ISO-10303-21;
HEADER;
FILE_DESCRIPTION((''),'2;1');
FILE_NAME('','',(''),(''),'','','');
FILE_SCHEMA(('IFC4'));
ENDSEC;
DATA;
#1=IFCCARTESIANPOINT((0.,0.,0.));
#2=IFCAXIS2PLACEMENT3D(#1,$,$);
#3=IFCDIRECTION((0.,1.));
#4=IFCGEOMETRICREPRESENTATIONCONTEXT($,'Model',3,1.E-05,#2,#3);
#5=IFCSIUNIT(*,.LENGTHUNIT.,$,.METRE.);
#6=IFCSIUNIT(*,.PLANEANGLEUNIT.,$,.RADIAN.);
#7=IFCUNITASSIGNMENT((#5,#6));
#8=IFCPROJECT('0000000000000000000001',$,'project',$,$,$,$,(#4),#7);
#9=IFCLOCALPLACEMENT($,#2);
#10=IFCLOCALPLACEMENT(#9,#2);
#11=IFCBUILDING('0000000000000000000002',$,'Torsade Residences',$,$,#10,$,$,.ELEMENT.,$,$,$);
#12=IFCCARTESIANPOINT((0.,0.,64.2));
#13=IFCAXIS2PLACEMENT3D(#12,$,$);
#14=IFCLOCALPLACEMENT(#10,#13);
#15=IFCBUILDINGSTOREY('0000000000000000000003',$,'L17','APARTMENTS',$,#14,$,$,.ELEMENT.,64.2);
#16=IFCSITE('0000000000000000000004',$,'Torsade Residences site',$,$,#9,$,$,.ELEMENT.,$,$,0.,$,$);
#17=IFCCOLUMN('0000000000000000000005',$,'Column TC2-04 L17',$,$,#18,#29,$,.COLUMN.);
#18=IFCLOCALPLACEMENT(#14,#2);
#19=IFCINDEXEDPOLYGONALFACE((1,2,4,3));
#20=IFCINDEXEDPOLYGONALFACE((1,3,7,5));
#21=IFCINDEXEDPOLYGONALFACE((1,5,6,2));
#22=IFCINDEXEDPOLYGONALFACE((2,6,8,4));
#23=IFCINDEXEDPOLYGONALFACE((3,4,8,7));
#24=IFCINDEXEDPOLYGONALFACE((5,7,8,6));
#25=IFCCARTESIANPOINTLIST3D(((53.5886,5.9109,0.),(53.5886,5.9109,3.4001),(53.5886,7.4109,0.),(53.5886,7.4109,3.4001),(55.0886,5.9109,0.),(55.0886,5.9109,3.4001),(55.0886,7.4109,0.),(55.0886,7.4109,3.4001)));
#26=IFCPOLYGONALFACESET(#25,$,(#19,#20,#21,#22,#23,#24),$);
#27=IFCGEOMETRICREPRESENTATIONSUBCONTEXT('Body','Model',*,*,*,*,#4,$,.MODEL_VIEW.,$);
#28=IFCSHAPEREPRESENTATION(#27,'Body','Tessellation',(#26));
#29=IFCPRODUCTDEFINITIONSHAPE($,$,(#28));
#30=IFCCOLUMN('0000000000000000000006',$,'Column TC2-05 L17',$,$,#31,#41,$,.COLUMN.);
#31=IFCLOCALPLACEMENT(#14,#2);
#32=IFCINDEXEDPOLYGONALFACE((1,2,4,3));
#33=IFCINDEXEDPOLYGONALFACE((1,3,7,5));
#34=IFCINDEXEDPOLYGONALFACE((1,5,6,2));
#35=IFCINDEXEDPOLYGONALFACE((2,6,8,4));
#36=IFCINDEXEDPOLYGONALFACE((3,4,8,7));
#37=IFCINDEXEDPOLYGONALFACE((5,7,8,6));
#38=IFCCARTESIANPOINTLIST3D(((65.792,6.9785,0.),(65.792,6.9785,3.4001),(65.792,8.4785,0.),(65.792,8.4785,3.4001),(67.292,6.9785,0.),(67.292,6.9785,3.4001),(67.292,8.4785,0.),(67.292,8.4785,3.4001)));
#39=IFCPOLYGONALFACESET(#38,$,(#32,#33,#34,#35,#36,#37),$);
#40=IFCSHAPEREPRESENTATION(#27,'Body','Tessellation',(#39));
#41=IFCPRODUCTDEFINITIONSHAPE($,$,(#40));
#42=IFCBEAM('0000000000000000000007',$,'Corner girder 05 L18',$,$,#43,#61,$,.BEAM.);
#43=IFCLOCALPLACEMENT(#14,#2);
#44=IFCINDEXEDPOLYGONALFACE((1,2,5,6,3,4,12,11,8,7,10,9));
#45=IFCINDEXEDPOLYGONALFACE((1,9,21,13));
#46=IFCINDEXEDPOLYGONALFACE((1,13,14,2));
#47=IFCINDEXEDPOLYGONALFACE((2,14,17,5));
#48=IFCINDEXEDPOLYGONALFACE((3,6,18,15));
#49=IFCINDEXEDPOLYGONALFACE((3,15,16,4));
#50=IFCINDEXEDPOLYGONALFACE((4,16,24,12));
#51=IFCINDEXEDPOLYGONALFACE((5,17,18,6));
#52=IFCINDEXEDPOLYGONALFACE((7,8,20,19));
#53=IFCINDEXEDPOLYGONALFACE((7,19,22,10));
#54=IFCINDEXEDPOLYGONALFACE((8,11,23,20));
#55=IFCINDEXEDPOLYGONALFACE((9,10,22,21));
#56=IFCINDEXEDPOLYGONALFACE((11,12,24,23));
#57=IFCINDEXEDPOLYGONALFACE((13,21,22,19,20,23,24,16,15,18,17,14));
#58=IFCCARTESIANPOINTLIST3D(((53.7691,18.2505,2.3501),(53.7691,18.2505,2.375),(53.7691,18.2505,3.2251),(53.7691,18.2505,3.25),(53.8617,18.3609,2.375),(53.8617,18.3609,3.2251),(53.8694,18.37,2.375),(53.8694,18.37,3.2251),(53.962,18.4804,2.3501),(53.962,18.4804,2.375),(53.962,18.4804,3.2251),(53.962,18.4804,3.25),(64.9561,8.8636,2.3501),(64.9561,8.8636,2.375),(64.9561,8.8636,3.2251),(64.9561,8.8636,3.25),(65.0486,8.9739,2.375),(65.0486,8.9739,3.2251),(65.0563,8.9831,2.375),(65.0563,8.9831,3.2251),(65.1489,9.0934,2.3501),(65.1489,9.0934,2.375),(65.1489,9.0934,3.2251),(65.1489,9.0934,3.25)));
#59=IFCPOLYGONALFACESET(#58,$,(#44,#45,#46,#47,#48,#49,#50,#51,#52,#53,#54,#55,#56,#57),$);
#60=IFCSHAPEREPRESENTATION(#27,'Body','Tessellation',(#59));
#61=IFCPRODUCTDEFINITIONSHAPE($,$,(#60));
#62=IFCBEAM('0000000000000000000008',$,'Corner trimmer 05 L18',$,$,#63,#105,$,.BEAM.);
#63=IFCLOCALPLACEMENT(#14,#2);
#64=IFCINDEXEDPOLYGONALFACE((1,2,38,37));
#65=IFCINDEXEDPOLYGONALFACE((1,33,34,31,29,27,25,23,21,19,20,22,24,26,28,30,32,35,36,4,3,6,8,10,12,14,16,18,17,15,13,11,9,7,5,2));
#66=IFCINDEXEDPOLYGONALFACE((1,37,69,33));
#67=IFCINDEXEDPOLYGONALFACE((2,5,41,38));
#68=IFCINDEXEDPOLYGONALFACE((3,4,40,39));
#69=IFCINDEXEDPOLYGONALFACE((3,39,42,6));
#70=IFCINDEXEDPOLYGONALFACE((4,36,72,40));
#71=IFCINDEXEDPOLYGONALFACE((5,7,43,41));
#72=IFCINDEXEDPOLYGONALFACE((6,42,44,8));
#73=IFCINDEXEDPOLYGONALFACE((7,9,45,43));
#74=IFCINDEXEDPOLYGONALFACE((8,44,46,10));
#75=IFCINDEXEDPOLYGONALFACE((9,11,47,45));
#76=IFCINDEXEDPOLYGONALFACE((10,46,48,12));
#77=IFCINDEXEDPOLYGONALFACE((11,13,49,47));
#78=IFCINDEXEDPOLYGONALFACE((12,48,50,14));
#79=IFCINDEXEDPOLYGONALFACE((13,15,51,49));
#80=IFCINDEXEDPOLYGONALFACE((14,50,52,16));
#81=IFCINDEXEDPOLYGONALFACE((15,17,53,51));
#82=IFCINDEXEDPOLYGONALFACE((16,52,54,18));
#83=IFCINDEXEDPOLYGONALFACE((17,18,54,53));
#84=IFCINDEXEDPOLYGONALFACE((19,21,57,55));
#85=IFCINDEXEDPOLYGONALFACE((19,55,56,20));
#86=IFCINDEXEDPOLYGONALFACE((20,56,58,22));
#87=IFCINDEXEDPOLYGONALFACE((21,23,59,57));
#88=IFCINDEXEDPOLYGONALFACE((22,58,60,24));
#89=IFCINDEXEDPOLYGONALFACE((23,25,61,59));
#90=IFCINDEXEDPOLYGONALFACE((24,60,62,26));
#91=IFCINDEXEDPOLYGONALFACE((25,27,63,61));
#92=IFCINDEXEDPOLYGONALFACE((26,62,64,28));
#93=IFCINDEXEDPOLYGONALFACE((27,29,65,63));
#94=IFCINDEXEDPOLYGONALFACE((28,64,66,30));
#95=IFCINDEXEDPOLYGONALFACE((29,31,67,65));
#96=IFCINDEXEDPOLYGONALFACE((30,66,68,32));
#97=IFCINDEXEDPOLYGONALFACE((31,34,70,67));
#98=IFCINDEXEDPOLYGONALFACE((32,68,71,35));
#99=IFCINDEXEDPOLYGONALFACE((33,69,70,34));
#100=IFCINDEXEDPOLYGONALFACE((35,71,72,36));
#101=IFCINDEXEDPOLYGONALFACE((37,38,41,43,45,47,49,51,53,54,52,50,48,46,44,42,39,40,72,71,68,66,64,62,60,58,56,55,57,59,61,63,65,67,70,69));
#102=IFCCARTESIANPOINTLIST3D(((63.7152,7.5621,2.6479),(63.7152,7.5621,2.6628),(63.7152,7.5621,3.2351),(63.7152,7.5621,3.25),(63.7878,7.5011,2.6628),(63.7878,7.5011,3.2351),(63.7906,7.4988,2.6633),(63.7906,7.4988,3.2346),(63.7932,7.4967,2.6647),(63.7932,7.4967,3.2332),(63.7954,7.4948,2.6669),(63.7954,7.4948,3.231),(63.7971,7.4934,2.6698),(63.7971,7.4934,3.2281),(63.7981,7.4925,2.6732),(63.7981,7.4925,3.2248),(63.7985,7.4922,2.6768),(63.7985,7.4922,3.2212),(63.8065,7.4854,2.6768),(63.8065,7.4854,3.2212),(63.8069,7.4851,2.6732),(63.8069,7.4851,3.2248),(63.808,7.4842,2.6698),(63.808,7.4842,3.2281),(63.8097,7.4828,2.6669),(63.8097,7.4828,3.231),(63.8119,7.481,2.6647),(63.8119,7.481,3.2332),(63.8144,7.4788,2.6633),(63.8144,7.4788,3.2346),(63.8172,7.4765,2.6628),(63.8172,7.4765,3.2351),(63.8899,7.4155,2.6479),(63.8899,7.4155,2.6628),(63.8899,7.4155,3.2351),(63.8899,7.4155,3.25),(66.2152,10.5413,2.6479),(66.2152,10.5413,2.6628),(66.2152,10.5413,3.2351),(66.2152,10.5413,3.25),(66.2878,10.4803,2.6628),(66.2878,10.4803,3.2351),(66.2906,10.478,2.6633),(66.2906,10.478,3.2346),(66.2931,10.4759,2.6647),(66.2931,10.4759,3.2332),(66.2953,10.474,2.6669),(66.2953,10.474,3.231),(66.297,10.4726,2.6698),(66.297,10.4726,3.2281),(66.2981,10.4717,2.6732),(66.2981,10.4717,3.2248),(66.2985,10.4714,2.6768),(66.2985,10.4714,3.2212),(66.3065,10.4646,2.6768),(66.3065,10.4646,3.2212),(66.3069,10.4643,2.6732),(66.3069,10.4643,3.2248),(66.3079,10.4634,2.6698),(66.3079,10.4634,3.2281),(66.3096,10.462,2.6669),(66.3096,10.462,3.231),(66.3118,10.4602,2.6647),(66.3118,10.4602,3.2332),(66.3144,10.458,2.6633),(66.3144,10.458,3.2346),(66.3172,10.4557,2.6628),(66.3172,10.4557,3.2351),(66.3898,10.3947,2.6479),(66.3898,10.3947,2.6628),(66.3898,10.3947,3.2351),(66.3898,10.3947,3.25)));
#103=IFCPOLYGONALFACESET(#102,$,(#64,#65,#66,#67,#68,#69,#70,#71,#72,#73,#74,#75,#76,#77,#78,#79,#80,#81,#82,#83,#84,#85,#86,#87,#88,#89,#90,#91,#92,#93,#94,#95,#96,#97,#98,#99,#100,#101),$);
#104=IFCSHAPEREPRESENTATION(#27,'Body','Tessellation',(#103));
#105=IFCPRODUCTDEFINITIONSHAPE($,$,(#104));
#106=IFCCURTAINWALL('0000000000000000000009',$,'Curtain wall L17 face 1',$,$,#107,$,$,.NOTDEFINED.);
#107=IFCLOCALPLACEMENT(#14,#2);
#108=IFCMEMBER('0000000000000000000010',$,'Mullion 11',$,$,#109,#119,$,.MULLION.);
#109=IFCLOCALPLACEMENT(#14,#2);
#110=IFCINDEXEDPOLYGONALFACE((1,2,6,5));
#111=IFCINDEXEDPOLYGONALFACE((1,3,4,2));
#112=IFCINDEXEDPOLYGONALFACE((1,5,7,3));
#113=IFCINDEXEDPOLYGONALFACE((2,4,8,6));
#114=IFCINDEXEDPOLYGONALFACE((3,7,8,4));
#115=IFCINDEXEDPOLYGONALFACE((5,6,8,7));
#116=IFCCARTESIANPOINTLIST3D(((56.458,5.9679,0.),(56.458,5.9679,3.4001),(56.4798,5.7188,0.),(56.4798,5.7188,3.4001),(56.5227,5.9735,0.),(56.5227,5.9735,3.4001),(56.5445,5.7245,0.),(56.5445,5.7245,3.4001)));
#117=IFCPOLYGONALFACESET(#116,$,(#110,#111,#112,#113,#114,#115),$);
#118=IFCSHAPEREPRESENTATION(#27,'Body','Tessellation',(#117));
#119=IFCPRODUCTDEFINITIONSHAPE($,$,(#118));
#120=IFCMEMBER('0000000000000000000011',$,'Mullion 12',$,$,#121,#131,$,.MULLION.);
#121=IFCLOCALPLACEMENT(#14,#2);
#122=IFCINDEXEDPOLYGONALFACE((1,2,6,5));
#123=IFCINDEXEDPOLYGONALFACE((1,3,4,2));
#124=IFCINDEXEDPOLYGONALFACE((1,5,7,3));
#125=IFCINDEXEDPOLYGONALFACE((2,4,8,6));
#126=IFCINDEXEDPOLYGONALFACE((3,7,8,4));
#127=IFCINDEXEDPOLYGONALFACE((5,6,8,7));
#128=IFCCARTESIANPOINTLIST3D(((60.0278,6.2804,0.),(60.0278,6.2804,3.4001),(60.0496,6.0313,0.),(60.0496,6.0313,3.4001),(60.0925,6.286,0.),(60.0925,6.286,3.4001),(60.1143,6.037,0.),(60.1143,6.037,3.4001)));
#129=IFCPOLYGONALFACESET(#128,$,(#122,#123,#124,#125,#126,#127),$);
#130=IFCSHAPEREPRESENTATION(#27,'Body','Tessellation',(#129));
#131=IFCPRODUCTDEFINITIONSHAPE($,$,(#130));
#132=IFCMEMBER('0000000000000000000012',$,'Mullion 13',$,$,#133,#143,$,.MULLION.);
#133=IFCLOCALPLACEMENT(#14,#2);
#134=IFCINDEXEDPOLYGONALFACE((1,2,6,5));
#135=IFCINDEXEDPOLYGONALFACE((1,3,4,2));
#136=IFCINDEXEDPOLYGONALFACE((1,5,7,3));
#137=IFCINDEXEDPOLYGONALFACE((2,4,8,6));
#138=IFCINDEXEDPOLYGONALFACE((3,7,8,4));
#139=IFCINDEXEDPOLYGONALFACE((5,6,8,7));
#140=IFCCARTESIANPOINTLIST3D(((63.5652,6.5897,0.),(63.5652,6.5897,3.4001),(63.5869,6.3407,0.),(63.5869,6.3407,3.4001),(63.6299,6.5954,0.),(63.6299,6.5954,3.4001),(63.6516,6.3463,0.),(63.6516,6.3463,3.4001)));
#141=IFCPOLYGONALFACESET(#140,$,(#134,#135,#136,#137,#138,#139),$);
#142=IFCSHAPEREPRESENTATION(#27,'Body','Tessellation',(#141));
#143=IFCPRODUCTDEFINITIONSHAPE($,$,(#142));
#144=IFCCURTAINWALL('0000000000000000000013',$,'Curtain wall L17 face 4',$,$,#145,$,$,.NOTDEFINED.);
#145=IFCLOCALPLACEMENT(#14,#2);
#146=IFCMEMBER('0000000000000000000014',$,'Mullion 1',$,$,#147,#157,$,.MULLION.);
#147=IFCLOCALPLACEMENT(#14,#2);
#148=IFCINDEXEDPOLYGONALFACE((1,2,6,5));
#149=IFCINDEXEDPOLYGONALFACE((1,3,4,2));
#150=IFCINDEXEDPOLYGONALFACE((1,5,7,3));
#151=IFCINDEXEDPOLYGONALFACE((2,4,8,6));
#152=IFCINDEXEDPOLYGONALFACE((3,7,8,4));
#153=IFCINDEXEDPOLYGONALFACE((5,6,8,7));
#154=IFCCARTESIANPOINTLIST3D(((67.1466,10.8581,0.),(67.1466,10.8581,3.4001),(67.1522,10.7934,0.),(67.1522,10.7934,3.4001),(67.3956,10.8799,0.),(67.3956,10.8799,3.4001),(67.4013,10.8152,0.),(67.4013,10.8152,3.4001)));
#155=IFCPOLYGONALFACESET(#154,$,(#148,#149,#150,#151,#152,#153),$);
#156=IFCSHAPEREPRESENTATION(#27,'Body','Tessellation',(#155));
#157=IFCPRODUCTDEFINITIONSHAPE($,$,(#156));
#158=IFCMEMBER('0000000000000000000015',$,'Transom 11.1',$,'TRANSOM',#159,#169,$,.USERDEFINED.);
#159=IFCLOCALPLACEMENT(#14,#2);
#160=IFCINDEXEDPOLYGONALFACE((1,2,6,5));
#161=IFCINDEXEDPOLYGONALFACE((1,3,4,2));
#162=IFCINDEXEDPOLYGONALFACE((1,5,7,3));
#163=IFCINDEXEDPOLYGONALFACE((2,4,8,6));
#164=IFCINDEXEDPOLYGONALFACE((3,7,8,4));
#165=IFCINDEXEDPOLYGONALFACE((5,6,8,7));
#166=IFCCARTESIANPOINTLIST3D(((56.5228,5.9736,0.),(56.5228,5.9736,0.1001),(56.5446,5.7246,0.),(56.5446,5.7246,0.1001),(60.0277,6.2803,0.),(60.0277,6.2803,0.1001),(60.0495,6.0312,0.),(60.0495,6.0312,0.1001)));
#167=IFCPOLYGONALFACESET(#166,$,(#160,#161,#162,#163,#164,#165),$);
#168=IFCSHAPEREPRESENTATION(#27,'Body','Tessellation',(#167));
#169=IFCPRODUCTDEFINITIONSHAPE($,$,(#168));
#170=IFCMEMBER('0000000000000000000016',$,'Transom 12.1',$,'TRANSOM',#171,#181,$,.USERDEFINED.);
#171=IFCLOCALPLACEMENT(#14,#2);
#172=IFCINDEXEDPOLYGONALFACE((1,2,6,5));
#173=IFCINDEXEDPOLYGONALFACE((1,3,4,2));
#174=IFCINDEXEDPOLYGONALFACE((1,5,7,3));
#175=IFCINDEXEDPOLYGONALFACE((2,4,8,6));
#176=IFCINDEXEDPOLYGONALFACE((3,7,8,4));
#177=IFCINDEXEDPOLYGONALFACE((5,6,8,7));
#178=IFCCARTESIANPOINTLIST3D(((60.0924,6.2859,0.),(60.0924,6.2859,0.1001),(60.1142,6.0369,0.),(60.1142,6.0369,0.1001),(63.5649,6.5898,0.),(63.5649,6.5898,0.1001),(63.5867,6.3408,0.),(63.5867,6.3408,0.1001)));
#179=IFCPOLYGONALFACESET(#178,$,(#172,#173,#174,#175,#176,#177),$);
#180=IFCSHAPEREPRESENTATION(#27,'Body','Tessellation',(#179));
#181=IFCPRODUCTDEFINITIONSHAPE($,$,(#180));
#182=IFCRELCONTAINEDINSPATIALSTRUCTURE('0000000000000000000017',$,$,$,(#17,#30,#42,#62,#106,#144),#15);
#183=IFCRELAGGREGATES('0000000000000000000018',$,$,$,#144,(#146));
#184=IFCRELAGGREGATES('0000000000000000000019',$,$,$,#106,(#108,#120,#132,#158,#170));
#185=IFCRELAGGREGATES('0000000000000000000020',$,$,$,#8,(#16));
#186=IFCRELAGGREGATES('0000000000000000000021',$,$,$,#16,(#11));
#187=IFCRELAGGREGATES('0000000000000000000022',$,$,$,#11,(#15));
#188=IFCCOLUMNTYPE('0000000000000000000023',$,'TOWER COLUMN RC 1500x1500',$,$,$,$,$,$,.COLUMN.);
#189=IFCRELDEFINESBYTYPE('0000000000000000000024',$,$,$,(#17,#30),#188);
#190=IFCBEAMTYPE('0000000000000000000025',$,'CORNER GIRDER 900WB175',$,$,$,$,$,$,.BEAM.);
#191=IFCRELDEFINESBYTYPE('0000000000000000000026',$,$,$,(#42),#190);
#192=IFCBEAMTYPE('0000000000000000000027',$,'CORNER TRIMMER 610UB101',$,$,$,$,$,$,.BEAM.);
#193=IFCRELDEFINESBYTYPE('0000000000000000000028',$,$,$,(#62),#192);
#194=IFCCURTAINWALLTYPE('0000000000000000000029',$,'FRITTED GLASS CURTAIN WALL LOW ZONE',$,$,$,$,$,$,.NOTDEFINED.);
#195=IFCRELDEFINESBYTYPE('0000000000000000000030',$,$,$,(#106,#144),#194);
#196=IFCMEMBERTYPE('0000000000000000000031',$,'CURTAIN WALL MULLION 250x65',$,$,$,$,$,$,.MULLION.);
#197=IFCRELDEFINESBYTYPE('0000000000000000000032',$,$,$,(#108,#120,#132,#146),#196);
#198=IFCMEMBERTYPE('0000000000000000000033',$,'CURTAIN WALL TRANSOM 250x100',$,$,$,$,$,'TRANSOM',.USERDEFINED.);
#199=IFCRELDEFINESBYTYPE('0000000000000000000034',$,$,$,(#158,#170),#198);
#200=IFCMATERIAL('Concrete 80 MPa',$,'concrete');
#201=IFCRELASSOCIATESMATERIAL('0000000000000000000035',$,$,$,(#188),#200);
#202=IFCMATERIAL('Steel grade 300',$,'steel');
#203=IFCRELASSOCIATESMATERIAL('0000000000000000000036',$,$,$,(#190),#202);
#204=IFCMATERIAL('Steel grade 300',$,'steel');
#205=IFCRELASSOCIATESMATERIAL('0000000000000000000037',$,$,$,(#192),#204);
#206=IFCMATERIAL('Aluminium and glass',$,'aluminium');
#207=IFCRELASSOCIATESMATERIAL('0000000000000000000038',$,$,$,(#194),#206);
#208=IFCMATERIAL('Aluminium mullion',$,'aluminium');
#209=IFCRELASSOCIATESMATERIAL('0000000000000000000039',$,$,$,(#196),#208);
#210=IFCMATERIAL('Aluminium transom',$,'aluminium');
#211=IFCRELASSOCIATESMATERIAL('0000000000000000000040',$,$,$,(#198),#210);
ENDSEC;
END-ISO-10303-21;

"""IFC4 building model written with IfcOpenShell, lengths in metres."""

from ifc_helpers import new_model, si_unit, direction, frame, origin, origin_2d, place, context, subcontext, project, spatial, rectangle, i_section, extrude, material, material_profile, profile_set, type_object, element, aggregate, save


model = new_model("IFC4")

# Units and contexts
model_context = context("Model", 3, precision=1e-05, world=origin(), true_north=direction((0.0, 1.0)))
body_context = subcontext(model_context, "Body", "Model", "MODEL_VIEW")
ifc_project = project(units=[si_unit("LENGTHUNIT", "METRE"), si_unit("PLANEANGLEUNIT", "RADIAN")], contexts=[model_context])

# Site, building, storey
site_placement = place(None, origin())
site = spatial("IfcSite", under=ifc_project, at=site_placement, Name="Torsade Residences site", CompositionType="ELEMENT", RefElevation=0.0)
building_placement = place(site_placement, origin())
building = spatial("IfcBuilding", under=site, at=building_placement, Name="Torsade Residences", CompositionType="ELEMENT")
storey_placement = place(building_placement, frame((0.0, 0.0, 64.2)))
storey = spatial("IfcBuildingStorey", under=building, at=storey_placement, Name="L17", Description="APARTMENTS", CompositionType="ELEMENT", Elevation=64.2)

# Columns
ifc_material_1 = material(Name="Concrete 80 MPa", Category="concrete")
ifc_material_profile_1 = material_profile(ifc_material_1, rectangle(XDim=1.5, YDim=1.5, at=origin_2d()), Name="RC 1500x1500")
ifc_profile_set_1 = profile_set([ifc_material_profile_1], Name="Concrete 80 MPa")
column_type = type_object("IfcColumnType", Name="TOWER COLUMN RC 1500x1500", PredefinedType="COLUMN", material=ifc_profile_set_1)
for number, where, z_axis, x_axis, name in (
    (1, (54.3386, 6.6609, 0.0), (0.0, 0.0, 1.0), (1.0, 0.0, 0.0), "Column TC2-04 L17"),
    (2, (66.542, 7.7285, 0.0), (0.0, 0.0, 1.0), (1.0, 0.0, 0.0), "Column TC2-05 L17"),
):
    element("IfcColumn", number, at=place(storey_placement, frame(where, z_axis=z_axis, x_axis=x_axis)), inside=storey, type_object=column_type, Name=name, PredefinedType="COLUMN", context=body_context, shape_type="SweptSolid", body=[
        extrude(rectangle(XDim=1.5, YDim=1.5, at=origin_2d()), origin(), (0.0, 0.0, 1.0), 3.4001),
    ])

# Beams
ifc_material_2 = material(Name="Steel grade 300", Category="steel")
ifc_material_profile_2 = material_profile(ifc_material_2, i_section(OverallWidth=0.3, OverallDepth=0.8999, WebThickness=0.012, FlangeThickness=0.0249, at=origin_2d()), Name="900WB175")
ifc_profile_set_2 = profile_set([ifc_material_profile_2], Name="Steel grade 300")
beam_type_1 = type_object("IfcBeamType", Name="CORNER GIRDER 900WB175", PredefinedType="BEAM", material=ifc_profile_set_2)
beam_1_placement = place(storey_placement, frame((65.0525, 8.9785, 2.8), z_axis=(-0.766046, 0.642785, 0.0), x_axis=(-0.642785, -0.766046, 0.0)))
element("IfcBeam", 3, at=beam_1_placement, inside=storey, type_object=beam_type_1, Name="Corner girder 05 L18", PredefinedType="BEAM", context=body_context, shape_type="SweptSolid", body=[
    extrude(i_section(OverallWidth=0.3, OverallDepth=0.8999, WebThickness=0.012, FlangeThickness=0.0249, at=origin_2d()), origin(), (0.0, 0.0, 1.0), 14.6035),
])
ifc_material_3 = material(Name="Steel grade 300", Category="steel")
ifc_material_profile_3 = material_profile(ifc_material_3, i_section(OverallWidth=0.228, OverallDepth=0.6021, WebThickness=0.0105, FlangeThickness=0.0149, FilletRadius=0.0139, at=origin_2d()), Name="610UB101")
ifc_profile_set_3 = profile_set([ifc_material_profile_3], Name="Steel grade 300")
beam_type_2 = type_object("IfcBeamType", Name="CORNER TRIMMER 610UB101", PredefinedType="BEAM", material=ifc_profile_set_3)
beam_2_placement = place(storey_placement, frame((66.3025, 10.468, 2.949), z_axis=(-0.642805, -0.76603, 0.0), x_axis=(0.76603, -0.642805, 0.0)))
element("IfcBeam", 4, at=beam_2_placement, inside=storey, type_object=beam_type_2, Name="Corner trimmer 05 L18", PredefinedType="BEAM", context=body_context, shape_type="SweptSolid", body=[
    extrude(i_section(OverallWidth=0.228, OverallDepth=0.6021, WebThickness=0.0105, FlangeThickness=0.0149, FilletRadius=0.0139, at=origin_2d()), origin(), (0.0, 0.0, 1.0), 3.8892),
])

# Curtain wall, members
ifc_material_4 = material(Name="Aluminium and glass", Category="aluminium")
curtain_wall_type = type_object("IfcCurtainWallType", Name="FRITTED GLASS CURTAIN WALL LOW ZONE", PredefinedType="NOTDEFINED", material=ifc_material_4)
curtain_wall_1_placement = place(storey_placement, origin())
curtain_wall_1 = element("IfcCurtainWall", 5, at=curtain_wall_1_placement, inside=storey, type_object=curtain_wall_type, Name="Curtain wall L17 face 1", PredefinedType="NOTDEFINED")
ifc_material_5 = material(Name="Aluminium mullion", Category="aluminium")
ifc_material_profile_4 = material_profile(ifc_material_5, rectangle(XDim=0.25, YDim=0.0649, at=origin_2d()), Name="CURTAIN WALL MULLION 250x65")
ifc_profile_set_4 = profile_set([ifc_material_profile_4], Name="Aluminium mullion")
member_type_1 = type_object("IfcMemberType", Name="CURTAIN WALL MULLION 250x65", PredefinedType="MULLION", material=ifc_profile_set_4)
member_1_placement = place(storey_placement, frame((56.5012, 5.8462, 0.0), z_axis=(0.0, 0.0, 1.0), x_axis=(-0.087156, 0.996195, 0.0)))
member_1 = element("IfcMember", 6, at=member_1_placement, type_object=member_type_1, Name="Mullion 11", PredefinedType="MULLION", context=body_context, shape_type="SweptSolid", body=[
    extrude(rectangle(XDim=0.25, YDim=0.0649, at=origin_2d()), origin(), (0.0, 0.0, 1.0), 3.4001),
])
member_2_placement = place(storey_placement, frame((60.071, 6.1587, 0.0), z_axis=(0.0, 0.0, 1.0), x_axis=(-0.087156, 0.996195, 0.0)))
member_2 = element("IfcMember", 7, at=member_2_placement, type_object=member_type_1, Name="Mullion 12", PredefinedType="MULLION", context=body_context, shape_type="SweptSolid", body=[
    extrude(rectangle(XDim=0.25, YDim=0.0649, at=origin_2d()), origin(), (0.0, 0.0, 1.0), 3.4001),
])
member_3_placement = place(storey_placement, frame((63.6084, 6.468, 0.0), z_axis=(0.0, 0.0, 1.0), x_axis=(-0.087156, 0.996195, 0.0)))
member_3 = element("IfcMember", 8, at=member_3_placement, type_object=member_type_1, Name="Mullion 13", PredefinedType="MULLION", context=body_context, shape_type="SweptSolid", body=[
    extrude(rectangle(XDim=0.25, YDim=0.0649, at=origin_2d()), origin(), (0.0, 0.0, 1.0), 3.4001),
])

# Curtain wall, member
curtain_wall_2_placement = place(storey_placement, origin())
curtain_wall_2 = element("IfcCurtainWall", 9, at=curtain_wall_2_placement, inside=storey, type_object=curtain_wall_type, Name="Curtain wall L17 face 4", PredefinedType="NOTDEFINED")
member_4_placement = place(storey_placement, frame((67.2739, 10.8367, 0.0), z_axis=(0.0, 0.0, 1.0), x_axis=(-0.996195, -0.087156, 0.0)))
member_4 = element("IfcMember", 10, at=member_4_placement, type_object=member_type_1, Name="Mullion 1", PredefinedType="MULLION", context=body_context, shape_type="SweptSolid", body=[
    extrude(rectangle(XDim=0.25, YDim=0.0649, at=origin_2d()), origin(), (0.0, 0.0, 1.0), 3.4001),
])

# Members
ifc_material_6 = material(Name="Aluminium transom", Category="aluminium")
ifc_material_profile_5 = material_profile(ifc_material_6, rectangle(XDim=0.25, YDim=0.1001, at=origin_2d()), Name="CURTAIN WALL TRANSOM 250x100")
ifc_profile_set_5 = profile_set([ifc_material_profile_5], Name="Aluminium transom")
member_type_2 = type_object("IfcMemberType", Name="CURTAIN WALL TRANSOM 250x100", ElementType="TRANSOM", PredefinedType="USERDEFINED", material=ifc_profile_set_5)
member_5_placement = place(storey_placement, frame((56.5337, 5.8491, 0.05), z_axis=(0.996195, 0.087157, 0.0), x_axis=(-0.087157, 0.996195, 0.0)))
member_5 = element("IfcMember", 11, at=member_5_placement, type_object=member_type_2, Name="Transom 11.1", ObjectType="TRANSOM", PredefinedType="USERDEFINED", context=body_context, shape_type="SweptSolid", body=[
    extrude(rectangle(XDim=0.25, YDim=0.1001, at=origin_2d()), origin(), (0.0, 0.0, 1.0), 3.5183),
])
member_6_placement = place(storey_placement, frame((60.1033, 6.1614, 0.05), z_axis=(0.996191, 0.087195, 0.0), x_axis=(-0.087195, 0.996191, 0.0)))
member_6 = element("IfcMember", 12, at=member_6_placement, type_object=member_type_2, Name="Transom 12.1", ObjectType="TRANSOM", PredefinedType="USERDEFINED", context=body_context, shape_type="SweptSolid", body=[
    extrude(rectangle(XDim=0.25, YDim=0.1001, at=origin_2d()), origin(), (0.0, 0.0, 1.0), 3.4858),
])

aggregate(curtain_wall_2, [member_4])
aggregate(curtain_wall_1, [member_1, member_2, member_3, member_5, member_6])

save(model, "model.ifc")
